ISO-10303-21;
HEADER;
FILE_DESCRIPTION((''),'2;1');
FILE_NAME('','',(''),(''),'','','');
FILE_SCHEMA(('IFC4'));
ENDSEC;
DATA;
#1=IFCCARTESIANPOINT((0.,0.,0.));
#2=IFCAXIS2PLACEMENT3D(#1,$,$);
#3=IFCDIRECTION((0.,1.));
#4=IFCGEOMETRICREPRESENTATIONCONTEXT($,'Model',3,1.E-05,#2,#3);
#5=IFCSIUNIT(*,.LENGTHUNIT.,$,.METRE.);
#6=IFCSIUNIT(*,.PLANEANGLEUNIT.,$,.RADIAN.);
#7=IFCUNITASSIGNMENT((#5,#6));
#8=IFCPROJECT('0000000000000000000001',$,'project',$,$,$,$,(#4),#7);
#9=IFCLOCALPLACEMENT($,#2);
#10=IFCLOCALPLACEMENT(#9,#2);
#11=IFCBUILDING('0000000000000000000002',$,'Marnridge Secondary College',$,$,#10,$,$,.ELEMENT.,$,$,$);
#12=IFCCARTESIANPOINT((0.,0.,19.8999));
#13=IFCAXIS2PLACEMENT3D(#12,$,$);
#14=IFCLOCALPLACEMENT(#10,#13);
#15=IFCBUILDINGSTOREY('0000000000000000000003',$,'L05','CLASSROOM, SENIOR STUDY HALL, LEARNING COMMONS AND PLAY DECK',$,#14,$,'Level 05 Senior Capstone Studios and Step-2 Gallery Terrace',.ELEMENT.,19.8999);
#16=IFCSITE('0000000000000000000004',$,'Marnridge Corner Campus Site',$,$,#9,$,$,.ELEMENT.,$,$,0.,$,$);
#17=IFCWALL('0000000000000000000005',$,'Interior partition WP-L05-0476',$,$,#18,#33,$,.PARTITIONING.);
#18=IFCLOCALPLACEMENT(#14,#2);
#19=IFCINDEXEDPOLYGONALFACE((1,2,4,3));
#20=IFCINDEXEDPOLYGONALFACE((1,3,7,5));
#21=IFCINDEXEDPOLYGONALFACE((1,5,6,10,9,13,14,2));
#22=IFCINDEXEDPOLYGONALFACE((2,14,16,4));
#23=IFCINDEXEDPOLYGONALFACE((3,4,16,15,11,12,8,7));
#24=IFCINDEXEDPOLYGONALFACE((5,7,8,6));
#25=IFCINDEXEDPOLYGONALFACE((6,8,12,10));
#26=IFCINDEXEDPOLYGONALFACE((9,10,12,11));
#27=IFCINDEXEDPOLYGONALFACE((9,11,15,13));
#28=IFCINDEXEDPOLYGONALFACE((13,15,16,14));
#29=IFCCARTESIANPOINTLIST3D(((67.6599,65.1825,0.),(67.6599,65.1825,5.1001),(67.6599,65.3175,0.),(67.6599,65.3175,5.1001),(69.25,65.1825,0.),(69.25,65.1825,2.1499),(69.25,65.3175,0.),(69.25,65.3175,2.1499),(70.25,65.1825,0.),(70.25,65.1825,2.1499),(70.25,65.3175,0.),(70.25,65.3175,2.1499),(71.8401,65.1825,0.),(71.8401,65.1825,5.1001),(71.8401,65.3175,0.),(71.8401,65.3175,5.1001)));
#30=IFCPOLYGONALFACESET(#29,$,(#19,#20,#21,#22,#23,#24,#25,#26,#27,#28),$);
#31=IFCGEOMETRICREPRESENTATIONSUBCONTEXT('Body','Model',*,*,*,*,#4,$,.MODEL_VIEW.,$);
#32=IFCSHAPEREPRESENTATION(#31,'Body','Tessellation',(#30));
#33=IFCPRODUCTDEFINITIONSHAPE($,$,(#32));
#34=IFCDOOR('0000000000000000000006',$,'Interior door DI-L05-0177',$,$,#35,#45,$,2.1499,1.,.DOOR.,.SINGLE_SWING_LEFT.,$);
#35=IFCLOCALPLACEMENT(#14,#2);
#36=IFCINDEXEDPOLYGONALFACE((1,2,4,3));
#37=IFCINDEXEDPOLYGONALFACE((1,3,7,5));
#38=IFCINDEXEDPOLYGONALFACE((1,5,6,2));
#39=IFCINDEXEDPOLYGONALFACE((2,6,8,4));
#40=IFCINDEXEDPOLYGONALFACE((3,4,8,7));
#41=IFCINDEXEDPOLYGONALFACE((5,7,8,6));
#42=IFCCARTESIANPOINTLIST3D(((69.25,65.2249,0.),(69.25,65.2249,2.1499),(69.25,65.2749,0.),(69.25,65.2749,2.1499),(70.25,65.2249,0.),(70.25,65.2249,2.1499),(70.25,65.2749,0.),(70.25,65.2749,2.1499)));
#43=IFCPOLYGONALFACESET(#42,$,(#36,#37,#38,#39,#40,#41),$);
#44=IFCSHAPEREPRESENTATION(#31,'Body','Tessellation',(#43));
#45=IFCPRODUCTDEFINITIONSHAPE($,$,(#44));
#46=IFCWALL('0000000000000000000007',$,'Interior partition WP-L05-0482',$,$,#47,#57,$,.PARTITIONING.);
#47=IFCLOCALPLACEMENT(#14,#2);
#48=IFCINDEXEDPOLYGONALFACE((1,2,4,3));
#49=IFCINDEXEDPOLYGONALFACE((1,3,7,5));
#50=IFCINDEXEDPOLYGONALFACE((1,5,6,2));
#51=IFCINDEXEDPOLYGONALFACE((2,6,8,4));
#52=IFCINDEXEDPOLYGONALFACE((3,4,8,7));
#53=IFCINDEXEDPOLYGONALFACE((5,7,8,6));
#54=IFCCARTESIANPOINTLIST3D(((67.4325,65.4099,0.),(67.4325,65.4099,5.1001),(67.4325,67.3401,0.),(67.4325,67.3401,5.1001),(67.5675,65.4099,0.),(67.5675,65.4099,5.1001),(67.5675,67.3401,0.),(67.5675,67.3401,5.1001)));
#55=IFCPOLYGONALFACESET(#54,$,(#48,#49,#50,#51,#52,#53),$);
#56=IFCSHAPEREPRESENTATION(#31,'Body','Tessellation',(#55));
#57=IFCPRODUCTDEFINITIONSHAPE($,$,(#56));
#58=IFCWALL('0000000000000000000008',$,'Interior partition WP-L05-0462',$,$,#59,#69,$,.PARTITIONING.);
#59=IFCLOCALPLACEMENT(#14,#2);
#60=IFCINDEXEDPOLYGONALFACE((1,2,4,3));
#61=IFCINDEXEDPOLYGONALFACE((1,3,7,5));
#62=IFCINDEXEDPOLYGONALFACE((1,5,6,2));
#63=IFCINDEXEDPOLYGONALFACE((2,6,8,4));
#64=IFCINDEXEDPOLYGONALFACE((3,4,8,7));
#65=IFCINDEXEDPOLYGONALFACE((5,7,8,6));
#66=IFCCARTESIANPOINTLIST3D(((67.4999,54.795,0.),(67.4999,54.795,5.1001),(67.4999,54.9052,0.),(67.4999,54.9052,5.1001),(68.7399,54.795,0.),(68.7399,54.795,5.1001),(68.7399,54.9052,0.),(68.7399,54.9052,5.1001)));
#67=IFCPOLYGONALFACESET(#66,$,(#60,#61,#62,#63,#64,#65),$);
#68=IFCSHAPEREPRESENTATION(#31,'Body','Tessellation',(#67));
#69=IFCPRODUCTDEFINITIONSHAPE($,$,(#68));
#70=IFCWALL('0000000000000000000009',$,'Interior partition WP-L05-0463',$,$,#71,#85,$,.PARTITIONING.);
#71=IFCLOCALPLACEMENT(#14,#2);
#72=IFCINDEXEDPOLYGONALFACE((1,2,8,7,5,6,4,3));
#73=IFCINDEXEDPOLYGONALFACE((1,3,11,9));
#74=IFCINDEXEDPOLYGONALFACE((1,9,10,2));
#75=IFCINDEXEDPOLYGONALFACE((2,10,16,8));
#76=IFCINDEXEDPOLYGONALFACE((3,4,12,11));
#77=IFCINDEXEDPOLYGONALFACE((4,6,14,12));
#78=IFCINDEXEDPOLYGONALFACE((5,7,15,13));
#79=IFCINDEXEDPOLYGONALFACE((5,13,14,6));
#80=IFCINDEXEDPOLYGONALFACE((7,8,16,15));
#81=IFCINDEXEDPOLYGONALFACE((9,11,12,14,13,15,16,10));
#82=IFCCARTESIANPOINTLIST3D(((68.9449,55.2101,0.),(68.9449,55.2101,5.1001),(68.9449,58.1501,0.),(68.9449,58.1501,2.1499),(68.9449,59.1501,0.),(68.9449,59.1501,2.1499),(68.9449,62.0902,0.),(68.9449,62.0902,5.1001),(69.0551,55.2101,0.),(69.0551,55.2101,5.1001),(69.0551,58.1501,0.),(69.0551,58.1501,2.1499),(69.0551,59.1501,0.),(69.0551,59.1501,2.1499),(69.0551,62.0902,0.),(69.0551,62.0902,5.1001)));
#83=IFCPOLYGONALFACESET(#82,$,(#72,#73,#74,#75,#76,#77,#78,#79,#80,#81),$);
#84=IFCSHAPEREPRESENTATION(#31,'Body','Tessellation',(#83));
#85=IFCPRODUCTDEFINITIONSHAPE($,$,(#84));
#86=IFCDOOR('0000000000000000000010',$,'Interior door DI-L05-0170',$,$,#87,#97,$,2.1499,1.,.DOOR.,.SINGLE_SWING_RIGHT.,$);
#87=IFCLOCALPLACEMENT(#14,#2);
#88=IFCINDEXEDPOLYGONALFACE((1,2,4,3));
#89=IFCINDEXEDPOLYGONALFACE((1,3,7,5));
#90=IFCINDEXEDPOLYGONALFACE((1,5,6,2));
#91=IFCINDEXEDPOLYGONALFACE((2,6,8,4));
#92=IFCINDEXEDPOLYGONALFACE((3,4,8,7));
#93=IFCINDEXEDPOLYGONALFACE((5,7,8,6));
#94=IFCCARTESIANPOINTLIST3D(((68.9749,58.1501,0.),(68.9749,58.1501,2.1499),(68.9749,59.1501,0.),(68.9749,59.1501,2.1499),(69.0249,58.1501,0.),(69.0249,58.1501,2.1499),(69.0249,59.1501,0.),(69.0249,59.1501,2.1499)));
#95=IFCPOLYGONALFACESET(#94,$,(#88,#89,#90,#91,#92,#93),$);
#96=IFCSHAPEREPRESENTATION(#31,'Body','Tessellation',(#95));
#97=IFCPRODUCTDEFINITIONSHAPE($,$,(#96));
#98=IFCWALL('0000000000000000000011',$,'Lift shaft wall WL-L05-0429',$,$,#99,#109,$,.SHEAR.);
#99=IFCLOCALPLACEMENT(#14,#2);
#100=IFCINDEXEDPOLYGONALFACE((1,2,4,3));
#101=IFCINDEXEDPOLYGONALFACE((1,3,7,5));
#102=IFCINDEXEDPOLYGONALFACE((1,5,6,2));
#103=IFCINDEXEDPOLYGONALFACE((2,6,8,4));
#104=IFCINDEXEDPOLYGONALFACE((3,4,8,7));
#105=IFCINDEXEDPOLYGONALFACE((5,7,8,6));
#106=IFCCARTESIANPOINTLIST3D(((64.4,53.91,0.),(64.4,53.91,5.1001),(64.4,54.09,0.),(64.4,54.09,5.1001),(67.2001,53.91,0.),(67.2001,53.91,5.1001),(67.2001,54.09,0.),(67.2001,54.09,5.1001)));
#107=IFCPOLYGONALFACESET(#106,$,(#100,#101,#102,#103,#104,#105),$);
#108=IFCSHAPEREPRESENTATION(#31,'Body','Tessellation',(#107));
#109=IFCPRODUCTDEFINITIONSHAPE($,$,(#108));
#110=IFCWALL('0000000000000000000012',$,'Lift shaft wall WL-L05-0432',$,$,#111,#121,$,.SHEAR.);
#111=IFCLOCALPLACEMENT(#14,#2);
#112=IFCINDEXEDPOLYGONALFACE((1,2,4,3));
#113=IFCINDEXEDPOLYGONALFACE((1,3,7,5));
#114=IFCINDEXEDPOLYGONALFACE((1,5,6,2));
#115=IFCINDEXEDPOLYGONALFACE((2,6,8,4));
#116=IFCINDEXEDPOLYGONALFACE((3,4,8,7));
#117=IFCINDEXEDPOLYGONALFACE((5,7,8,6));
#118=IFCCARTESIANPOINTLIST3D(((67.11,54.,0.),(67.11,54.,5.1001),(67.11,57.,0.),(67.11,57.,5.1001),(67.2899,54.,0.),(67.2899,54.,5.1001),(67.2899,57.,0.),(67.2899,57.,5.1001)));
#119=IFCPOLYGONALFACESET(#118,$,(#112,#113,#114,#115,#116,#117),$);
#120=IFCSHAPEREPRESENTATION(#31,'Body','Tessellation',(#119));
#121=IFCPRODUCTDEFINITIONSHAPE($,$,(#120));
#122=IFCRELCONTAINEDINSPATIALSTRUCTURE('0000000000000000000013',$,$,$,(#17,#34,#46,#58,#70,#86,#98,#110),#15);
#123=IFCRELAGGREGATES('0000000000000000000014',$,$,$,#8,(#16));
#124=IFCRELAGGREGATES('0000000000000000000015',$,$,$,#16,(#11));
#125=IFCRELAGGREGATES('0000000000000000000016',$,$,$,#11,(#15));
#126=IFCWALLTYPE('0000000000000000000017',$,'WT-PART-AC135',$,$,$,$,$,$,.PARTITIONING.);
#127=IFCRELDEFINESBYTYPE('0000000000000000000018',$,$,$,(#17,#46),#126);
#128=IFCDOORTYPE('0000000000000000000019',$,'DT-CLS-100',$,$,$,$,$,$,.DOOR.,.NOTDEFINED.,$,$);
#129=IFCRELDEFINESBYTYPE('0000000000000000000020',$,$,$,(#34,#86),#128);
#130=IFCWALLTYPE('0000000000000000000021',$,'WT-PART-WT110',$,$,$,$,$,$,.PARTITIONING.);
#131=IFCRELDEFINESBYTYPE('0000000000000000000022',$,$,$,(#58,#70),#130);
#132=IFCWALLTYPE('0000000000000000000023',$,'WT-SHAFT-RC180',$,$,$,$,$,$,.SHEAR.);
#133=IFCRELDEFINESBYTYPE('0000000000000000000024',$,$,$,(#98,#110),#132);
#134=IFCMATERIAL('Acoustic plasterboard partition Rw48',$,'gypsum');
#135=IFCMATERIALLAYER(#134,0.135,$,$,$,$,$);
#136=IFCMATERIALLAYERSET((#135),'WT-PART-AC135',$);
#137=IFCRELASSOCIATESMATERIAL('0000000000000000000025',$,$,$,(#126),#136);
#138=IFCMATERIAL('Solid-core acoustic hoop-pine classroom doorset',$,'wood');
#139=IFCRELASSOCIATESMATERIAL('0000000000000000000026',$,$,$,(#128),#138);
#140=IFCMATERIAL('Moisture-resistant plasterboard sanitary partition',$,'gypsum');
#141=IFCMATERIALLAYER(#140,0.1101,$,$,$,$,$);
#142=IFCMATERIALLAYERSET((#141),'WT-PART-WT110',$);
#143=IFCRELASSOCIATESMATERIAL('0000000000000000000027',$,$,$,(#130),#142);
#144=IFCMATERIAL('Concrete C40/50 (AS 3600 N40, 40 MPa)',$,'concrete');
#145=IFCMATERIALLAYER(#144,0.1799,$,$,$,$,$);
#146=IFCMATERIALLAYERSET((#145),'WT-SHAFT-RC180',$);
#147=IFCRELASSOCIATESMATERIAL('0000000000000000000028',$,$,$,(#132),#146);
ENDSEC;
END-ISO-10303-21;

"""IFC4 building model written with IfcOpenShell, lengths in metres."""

from ifc_helpers import new_model, si_unit, direction, frame, frame_2d, origin, place, context, subcontext, project, spatial, rectangle, extrude, material, layer, layer_set, type_object, element, fill, save


model = new_model("IFC4")

# Units and contexts
model_context = context("Model", 3, precision=1e-05, world=origin(), true_north=direction((0.0, 1.0)))
body_context = subcontext(model_context, "Body", "Model", "MODEL_VIEW")
ifc_project = project(units=[si_unit("LENGTHUNIT", "METRE"), si_unit("PLANEANGLEUNIT", "RADIAN")], contexts=[model_context])

# Site, building, storey
site_placement = place(None, origin())
site = spatial("IfcSite", under=ifc_project, at=site_placement, Name="Marnridge Corner Campus Site", CompositionType="ELEMENT", RefElevation=0.0)
building_placement = place(site_placement, origin())
building = spatial("IfcBuilding", under=site, at=building_placement, Name="Marnridge Secondary College", CompositionType="ELEMENT")
storey_placement = place(building_placement, frame((0.0, 0.0, 19.8999)))
storey = spatial("IfcBuildingStorey", under=building, at=storey_placement, Name="L05", Description="CLASSROOM, SENIOR STUDY HALL, LEARNING COMMONS AND PLAY DECK", LongName="Level 05 Senior Capstone Studios and Step-2 Gallery Terrace", CompositionType="ELEMENT", Elevation=19.8999)

# Wall, opening, door
ifc_material_1 = material(Name="Acoustic plasterboard partition Rw48", Category="gypsum")
ifc_layer_1 = layer(ifc_material_1, 0.135)
ifc_layer_set_1 = layer_set([ifc_layer_1], Name="WT-PART-AC135")
wall_type_1 = type_object("IfcWallType", Name="WT-PART-AC135", PredefinedType="PARTITIONING", material=ifc_layer_set_1)
wall_1_placement = place(storey_placement, frame((67.6599, 65.25, 0.0), z_axis=(0.0, 0.0, 1.0), x_axis=(1.0, 0.0, 0.0)))
wall_1 = element("IfcWall", 1, at=wall_1_placement, inside=storey, type_object=wall_type_1, Name="Interior partition WP-L05-0476", PredefinedType="PARTITIONING", context=body_context, shape_type="SweptSolid", body=[
    extrude(rectangle(XDim=4.1802, YDim=0.135, at=frame_2d((2.0901, 0.0))), origin(), (0.0, 0.0, 1.0), 5.1001),
])
opening_1_placement = place(wall_1_placement, frame((1.5901, 0.0, 0.0)))
opening_1 = element("IfcOpeningElement", 2, at=opening_1_placement, cuts=wall_1, PredefinedType="OPENING", context=body_context, shape_type="SweptSolid", body=[
    extrude(rectangle(XDim=1.0, YDim=2.1499, at=frame_2d((0.5, 1.075))), frame((0.0, 0.0774, 0.0), z_axis=(0.0, -1.0, 0.0), x_axis=(1.0, 0.0, 0.0)), (0.0, 0.0, 1.0), 0.155),
])
ifc_material_2 = material(Name="Solid-core acoustic hoop-pine classroom doorset", Category="wood")
door_type = type_object("IfcDoorType", Name="DT-CLS-100", OperationType="NOTDEFINED", PredefinedType="DOOR", material=ifc_material_2)
door_1_placement = place(opening_1_placement, origin())
door_1 = element("IfcDoor", 3, at=door_1_placement, inside=storey, type_object=door_type, Name="Interior door DI-L05-0177", OperationType="SINGLE_SWING_LEFT", OverallHeight=2.1499, OverallWidth=1.0, PredefinedType="DOOR", context=body_context, shape_type="SweptSolid", body=[
    extrude(rectangle(XDim=1.0, YDim=2.1499, at=frame_2d((0.5, 1.075))), frame((0.0, 0.0249, 0.0), z_axis=(0.0, -1.0, 0.0), x_axis=(1.0, 0.0, 0.0)), (0.0, 0.0, 1.0), 0.05),
])
fill(opening_1, door_1)

# Walls
wall_2_placement = place(storey_placement, frame((67.5, 65.4099, 0.0), z_axis=(0.0, 0.0, 1.0), x_axis=(0.0, 1.0, 0.0)))
element("IfcWall", 4, at=wall_2_placement, inside=storey, type_object=wall_type_1, Name="Interior partition WP-L05-0482", PredefinedType="PARTITIONING", context=body_context, shape_type="SweptSolid", body=[
    extrude(rectangle(XDim=1.9302, YDim=0.135, at=frame_2d((0.9651, 0.0))), origin(), (0.0, 0.0, 1.0), 5.1001),
])
ifc_material_3 = material(Name="Moisture-resistant plasterboard sanitary partition", Category="gypsum")
ifc_layer_2 = layer(ifc_material_3, 0.1101)
ifc_layer_set_2 = layer_set([ifc_layer_2], Name="WT-PART-WT110")
wall_type_2 = type_object("IfcWallType", Name="WT-PART-WT110", PredefinedType="PARTITIONING", material=ifc_layer_set_2)
wall_3_placement = place(storey_placement, frame((68.74, 54.8501, 0.0), z_axis=(0.0, 0.0, 1.0), x_axis=(-1.0, 0.0, 0.0)))
element("IfcWall", 5, at=wall_3_placement, inside=storey, type_object=wall_type_2, Name="Interior partition WP-L05-0462", PredefinedType="PARTITIONING", context=body_context, shape_type="SweptSolid", body=[
    extrude(rectangle(XDim=1.24, YDim=0.1101, at=frame_2d((0.6201, 0.0))), origin(), (0.0, 0.0, 1.0), 5.1001),
])

# Wall, opening, door
wall_4_placement = place(storey_placement, frame((69.0, 62.0901, 0.0), z_axis=(0.0, 0.0, 1.0), x_axis=(0.0, -1.0, 0.0)))
wall_4 = element("IfcWall", 6, at=wall_4_placement, inside=storey, type_object=wall_type_2, Name="Interior partition WP-L05-0463", PredefinedType="PARTITIONING", context=body_context, shape_type="SweptSolid", body=[
    extrude(rectangle(XDim=6.8801, YDim=0.1101, at=frame_2d((3.4399, 0.0))), origin(), (0.0, 0.0, 1.0), 5.1001),
])
opening_2_placement = place(wall_4_placement, frame((2.9399, 0.0, 0.0)))
opening_2 = element("IfcOpeningElement", 7, at=opening_2_placement, cuts=wall_4, PredefinedType="OPENING", context=body_context, shape_type="SweptSolid", body=[
    extrude(rectangle(XDim=1.0, YDim=2.1499, at=frame_2d((0.5, 1.075))), frame((0.0, 0.0649, 0.0), z_axis=(0.0, -1.0, 0.0), x_axis=(1.0, 0.0, 0.0)), (0.0, 0.0, 1.0), 0.1301),
])
door_2_placement = place(opening_2_placement, origin())
door_2 = element("IfcDoor", 8, at=door_2_placement, inside=storey, type_object=door_type, Name="Interior door DI-L05-0170", OperationType="SINGLE_SWING_RIGHT", OverallHeight=2.1499, OverallWidth=1.0, PredefinedType="DOOR", context=body_context, shape_type="SweptSolid", body=[
    extrude(rectangle(XDim=1.0, YDim=2.1499, at=frame_2d((0.5, 1.075))), frame((0.0, 0.0249, 0.0), z_axis=(0.0, -1.0, 0.0), x_axis=(1.0, 0.0, 0.0)), (0.0, 0.0, 1.0), 0.05),
])
fill(opening_2, door_2)

# Walls
ifc_material_4 = material(Name="Concrete C40/50 (AS 3600 N40, 40 MPa)", Category="concrete")
ifc_layer_3 = layer(ifc_material_4, 0.1799)
ifc_layer_set_3 = layer_set([ifc_layer_3], Name="WT-SHAFT-RC180")
wall_type_3 = type_object("IfcWallType", Name="WT-SHAFT-RC180", PredefinedType="SHEAR", material=ifc_layer_set_3)
wall_5_placement = place(storey_placement, frame((67.2, 54.0, 0.0), z_axis=(0.0, 0.0, 1.0), x_axis=(-1.0, 0.0, 0.0)))
element("IfcWall", 9, at=wall_5_placement, inside=storey, type_object=wall_type_3, Name="Lift shaft wall WL-L05-0429", PredefinedType="SHEAR", context=body_context, shape_type="SweptSolid", body=[
    extrude(rectangle(XDim=2.8, YDim=0.1799, at=frame_2d((1.3999, 0.0))), origin(), (0.0, 0.0, 1.0), 5.1001),
])
wall_6_placement = place(storey_placement, frame((67.2, 57.0, 0.0), z_axis=(0.0, 0.0, 1.0), x_axis=(0.0, -1.0, 0.0)))
element("IfcWall", 10, at=wall_6_placement, inside=storey, type_object=wall_type_3, Name="Lift shaft wall WL-L05-0432", PredefinedType="SHEAR", context=body_context, shape_type="SweptSolid", body=[
    extrude(rectangle(XDim=3.0, YDim=0.1799, at=frame_2d((1.5, 0.0))), origin(), (0.0, 0.0, 1.0), 5.1001),
])

save(model, "model.ifc")
